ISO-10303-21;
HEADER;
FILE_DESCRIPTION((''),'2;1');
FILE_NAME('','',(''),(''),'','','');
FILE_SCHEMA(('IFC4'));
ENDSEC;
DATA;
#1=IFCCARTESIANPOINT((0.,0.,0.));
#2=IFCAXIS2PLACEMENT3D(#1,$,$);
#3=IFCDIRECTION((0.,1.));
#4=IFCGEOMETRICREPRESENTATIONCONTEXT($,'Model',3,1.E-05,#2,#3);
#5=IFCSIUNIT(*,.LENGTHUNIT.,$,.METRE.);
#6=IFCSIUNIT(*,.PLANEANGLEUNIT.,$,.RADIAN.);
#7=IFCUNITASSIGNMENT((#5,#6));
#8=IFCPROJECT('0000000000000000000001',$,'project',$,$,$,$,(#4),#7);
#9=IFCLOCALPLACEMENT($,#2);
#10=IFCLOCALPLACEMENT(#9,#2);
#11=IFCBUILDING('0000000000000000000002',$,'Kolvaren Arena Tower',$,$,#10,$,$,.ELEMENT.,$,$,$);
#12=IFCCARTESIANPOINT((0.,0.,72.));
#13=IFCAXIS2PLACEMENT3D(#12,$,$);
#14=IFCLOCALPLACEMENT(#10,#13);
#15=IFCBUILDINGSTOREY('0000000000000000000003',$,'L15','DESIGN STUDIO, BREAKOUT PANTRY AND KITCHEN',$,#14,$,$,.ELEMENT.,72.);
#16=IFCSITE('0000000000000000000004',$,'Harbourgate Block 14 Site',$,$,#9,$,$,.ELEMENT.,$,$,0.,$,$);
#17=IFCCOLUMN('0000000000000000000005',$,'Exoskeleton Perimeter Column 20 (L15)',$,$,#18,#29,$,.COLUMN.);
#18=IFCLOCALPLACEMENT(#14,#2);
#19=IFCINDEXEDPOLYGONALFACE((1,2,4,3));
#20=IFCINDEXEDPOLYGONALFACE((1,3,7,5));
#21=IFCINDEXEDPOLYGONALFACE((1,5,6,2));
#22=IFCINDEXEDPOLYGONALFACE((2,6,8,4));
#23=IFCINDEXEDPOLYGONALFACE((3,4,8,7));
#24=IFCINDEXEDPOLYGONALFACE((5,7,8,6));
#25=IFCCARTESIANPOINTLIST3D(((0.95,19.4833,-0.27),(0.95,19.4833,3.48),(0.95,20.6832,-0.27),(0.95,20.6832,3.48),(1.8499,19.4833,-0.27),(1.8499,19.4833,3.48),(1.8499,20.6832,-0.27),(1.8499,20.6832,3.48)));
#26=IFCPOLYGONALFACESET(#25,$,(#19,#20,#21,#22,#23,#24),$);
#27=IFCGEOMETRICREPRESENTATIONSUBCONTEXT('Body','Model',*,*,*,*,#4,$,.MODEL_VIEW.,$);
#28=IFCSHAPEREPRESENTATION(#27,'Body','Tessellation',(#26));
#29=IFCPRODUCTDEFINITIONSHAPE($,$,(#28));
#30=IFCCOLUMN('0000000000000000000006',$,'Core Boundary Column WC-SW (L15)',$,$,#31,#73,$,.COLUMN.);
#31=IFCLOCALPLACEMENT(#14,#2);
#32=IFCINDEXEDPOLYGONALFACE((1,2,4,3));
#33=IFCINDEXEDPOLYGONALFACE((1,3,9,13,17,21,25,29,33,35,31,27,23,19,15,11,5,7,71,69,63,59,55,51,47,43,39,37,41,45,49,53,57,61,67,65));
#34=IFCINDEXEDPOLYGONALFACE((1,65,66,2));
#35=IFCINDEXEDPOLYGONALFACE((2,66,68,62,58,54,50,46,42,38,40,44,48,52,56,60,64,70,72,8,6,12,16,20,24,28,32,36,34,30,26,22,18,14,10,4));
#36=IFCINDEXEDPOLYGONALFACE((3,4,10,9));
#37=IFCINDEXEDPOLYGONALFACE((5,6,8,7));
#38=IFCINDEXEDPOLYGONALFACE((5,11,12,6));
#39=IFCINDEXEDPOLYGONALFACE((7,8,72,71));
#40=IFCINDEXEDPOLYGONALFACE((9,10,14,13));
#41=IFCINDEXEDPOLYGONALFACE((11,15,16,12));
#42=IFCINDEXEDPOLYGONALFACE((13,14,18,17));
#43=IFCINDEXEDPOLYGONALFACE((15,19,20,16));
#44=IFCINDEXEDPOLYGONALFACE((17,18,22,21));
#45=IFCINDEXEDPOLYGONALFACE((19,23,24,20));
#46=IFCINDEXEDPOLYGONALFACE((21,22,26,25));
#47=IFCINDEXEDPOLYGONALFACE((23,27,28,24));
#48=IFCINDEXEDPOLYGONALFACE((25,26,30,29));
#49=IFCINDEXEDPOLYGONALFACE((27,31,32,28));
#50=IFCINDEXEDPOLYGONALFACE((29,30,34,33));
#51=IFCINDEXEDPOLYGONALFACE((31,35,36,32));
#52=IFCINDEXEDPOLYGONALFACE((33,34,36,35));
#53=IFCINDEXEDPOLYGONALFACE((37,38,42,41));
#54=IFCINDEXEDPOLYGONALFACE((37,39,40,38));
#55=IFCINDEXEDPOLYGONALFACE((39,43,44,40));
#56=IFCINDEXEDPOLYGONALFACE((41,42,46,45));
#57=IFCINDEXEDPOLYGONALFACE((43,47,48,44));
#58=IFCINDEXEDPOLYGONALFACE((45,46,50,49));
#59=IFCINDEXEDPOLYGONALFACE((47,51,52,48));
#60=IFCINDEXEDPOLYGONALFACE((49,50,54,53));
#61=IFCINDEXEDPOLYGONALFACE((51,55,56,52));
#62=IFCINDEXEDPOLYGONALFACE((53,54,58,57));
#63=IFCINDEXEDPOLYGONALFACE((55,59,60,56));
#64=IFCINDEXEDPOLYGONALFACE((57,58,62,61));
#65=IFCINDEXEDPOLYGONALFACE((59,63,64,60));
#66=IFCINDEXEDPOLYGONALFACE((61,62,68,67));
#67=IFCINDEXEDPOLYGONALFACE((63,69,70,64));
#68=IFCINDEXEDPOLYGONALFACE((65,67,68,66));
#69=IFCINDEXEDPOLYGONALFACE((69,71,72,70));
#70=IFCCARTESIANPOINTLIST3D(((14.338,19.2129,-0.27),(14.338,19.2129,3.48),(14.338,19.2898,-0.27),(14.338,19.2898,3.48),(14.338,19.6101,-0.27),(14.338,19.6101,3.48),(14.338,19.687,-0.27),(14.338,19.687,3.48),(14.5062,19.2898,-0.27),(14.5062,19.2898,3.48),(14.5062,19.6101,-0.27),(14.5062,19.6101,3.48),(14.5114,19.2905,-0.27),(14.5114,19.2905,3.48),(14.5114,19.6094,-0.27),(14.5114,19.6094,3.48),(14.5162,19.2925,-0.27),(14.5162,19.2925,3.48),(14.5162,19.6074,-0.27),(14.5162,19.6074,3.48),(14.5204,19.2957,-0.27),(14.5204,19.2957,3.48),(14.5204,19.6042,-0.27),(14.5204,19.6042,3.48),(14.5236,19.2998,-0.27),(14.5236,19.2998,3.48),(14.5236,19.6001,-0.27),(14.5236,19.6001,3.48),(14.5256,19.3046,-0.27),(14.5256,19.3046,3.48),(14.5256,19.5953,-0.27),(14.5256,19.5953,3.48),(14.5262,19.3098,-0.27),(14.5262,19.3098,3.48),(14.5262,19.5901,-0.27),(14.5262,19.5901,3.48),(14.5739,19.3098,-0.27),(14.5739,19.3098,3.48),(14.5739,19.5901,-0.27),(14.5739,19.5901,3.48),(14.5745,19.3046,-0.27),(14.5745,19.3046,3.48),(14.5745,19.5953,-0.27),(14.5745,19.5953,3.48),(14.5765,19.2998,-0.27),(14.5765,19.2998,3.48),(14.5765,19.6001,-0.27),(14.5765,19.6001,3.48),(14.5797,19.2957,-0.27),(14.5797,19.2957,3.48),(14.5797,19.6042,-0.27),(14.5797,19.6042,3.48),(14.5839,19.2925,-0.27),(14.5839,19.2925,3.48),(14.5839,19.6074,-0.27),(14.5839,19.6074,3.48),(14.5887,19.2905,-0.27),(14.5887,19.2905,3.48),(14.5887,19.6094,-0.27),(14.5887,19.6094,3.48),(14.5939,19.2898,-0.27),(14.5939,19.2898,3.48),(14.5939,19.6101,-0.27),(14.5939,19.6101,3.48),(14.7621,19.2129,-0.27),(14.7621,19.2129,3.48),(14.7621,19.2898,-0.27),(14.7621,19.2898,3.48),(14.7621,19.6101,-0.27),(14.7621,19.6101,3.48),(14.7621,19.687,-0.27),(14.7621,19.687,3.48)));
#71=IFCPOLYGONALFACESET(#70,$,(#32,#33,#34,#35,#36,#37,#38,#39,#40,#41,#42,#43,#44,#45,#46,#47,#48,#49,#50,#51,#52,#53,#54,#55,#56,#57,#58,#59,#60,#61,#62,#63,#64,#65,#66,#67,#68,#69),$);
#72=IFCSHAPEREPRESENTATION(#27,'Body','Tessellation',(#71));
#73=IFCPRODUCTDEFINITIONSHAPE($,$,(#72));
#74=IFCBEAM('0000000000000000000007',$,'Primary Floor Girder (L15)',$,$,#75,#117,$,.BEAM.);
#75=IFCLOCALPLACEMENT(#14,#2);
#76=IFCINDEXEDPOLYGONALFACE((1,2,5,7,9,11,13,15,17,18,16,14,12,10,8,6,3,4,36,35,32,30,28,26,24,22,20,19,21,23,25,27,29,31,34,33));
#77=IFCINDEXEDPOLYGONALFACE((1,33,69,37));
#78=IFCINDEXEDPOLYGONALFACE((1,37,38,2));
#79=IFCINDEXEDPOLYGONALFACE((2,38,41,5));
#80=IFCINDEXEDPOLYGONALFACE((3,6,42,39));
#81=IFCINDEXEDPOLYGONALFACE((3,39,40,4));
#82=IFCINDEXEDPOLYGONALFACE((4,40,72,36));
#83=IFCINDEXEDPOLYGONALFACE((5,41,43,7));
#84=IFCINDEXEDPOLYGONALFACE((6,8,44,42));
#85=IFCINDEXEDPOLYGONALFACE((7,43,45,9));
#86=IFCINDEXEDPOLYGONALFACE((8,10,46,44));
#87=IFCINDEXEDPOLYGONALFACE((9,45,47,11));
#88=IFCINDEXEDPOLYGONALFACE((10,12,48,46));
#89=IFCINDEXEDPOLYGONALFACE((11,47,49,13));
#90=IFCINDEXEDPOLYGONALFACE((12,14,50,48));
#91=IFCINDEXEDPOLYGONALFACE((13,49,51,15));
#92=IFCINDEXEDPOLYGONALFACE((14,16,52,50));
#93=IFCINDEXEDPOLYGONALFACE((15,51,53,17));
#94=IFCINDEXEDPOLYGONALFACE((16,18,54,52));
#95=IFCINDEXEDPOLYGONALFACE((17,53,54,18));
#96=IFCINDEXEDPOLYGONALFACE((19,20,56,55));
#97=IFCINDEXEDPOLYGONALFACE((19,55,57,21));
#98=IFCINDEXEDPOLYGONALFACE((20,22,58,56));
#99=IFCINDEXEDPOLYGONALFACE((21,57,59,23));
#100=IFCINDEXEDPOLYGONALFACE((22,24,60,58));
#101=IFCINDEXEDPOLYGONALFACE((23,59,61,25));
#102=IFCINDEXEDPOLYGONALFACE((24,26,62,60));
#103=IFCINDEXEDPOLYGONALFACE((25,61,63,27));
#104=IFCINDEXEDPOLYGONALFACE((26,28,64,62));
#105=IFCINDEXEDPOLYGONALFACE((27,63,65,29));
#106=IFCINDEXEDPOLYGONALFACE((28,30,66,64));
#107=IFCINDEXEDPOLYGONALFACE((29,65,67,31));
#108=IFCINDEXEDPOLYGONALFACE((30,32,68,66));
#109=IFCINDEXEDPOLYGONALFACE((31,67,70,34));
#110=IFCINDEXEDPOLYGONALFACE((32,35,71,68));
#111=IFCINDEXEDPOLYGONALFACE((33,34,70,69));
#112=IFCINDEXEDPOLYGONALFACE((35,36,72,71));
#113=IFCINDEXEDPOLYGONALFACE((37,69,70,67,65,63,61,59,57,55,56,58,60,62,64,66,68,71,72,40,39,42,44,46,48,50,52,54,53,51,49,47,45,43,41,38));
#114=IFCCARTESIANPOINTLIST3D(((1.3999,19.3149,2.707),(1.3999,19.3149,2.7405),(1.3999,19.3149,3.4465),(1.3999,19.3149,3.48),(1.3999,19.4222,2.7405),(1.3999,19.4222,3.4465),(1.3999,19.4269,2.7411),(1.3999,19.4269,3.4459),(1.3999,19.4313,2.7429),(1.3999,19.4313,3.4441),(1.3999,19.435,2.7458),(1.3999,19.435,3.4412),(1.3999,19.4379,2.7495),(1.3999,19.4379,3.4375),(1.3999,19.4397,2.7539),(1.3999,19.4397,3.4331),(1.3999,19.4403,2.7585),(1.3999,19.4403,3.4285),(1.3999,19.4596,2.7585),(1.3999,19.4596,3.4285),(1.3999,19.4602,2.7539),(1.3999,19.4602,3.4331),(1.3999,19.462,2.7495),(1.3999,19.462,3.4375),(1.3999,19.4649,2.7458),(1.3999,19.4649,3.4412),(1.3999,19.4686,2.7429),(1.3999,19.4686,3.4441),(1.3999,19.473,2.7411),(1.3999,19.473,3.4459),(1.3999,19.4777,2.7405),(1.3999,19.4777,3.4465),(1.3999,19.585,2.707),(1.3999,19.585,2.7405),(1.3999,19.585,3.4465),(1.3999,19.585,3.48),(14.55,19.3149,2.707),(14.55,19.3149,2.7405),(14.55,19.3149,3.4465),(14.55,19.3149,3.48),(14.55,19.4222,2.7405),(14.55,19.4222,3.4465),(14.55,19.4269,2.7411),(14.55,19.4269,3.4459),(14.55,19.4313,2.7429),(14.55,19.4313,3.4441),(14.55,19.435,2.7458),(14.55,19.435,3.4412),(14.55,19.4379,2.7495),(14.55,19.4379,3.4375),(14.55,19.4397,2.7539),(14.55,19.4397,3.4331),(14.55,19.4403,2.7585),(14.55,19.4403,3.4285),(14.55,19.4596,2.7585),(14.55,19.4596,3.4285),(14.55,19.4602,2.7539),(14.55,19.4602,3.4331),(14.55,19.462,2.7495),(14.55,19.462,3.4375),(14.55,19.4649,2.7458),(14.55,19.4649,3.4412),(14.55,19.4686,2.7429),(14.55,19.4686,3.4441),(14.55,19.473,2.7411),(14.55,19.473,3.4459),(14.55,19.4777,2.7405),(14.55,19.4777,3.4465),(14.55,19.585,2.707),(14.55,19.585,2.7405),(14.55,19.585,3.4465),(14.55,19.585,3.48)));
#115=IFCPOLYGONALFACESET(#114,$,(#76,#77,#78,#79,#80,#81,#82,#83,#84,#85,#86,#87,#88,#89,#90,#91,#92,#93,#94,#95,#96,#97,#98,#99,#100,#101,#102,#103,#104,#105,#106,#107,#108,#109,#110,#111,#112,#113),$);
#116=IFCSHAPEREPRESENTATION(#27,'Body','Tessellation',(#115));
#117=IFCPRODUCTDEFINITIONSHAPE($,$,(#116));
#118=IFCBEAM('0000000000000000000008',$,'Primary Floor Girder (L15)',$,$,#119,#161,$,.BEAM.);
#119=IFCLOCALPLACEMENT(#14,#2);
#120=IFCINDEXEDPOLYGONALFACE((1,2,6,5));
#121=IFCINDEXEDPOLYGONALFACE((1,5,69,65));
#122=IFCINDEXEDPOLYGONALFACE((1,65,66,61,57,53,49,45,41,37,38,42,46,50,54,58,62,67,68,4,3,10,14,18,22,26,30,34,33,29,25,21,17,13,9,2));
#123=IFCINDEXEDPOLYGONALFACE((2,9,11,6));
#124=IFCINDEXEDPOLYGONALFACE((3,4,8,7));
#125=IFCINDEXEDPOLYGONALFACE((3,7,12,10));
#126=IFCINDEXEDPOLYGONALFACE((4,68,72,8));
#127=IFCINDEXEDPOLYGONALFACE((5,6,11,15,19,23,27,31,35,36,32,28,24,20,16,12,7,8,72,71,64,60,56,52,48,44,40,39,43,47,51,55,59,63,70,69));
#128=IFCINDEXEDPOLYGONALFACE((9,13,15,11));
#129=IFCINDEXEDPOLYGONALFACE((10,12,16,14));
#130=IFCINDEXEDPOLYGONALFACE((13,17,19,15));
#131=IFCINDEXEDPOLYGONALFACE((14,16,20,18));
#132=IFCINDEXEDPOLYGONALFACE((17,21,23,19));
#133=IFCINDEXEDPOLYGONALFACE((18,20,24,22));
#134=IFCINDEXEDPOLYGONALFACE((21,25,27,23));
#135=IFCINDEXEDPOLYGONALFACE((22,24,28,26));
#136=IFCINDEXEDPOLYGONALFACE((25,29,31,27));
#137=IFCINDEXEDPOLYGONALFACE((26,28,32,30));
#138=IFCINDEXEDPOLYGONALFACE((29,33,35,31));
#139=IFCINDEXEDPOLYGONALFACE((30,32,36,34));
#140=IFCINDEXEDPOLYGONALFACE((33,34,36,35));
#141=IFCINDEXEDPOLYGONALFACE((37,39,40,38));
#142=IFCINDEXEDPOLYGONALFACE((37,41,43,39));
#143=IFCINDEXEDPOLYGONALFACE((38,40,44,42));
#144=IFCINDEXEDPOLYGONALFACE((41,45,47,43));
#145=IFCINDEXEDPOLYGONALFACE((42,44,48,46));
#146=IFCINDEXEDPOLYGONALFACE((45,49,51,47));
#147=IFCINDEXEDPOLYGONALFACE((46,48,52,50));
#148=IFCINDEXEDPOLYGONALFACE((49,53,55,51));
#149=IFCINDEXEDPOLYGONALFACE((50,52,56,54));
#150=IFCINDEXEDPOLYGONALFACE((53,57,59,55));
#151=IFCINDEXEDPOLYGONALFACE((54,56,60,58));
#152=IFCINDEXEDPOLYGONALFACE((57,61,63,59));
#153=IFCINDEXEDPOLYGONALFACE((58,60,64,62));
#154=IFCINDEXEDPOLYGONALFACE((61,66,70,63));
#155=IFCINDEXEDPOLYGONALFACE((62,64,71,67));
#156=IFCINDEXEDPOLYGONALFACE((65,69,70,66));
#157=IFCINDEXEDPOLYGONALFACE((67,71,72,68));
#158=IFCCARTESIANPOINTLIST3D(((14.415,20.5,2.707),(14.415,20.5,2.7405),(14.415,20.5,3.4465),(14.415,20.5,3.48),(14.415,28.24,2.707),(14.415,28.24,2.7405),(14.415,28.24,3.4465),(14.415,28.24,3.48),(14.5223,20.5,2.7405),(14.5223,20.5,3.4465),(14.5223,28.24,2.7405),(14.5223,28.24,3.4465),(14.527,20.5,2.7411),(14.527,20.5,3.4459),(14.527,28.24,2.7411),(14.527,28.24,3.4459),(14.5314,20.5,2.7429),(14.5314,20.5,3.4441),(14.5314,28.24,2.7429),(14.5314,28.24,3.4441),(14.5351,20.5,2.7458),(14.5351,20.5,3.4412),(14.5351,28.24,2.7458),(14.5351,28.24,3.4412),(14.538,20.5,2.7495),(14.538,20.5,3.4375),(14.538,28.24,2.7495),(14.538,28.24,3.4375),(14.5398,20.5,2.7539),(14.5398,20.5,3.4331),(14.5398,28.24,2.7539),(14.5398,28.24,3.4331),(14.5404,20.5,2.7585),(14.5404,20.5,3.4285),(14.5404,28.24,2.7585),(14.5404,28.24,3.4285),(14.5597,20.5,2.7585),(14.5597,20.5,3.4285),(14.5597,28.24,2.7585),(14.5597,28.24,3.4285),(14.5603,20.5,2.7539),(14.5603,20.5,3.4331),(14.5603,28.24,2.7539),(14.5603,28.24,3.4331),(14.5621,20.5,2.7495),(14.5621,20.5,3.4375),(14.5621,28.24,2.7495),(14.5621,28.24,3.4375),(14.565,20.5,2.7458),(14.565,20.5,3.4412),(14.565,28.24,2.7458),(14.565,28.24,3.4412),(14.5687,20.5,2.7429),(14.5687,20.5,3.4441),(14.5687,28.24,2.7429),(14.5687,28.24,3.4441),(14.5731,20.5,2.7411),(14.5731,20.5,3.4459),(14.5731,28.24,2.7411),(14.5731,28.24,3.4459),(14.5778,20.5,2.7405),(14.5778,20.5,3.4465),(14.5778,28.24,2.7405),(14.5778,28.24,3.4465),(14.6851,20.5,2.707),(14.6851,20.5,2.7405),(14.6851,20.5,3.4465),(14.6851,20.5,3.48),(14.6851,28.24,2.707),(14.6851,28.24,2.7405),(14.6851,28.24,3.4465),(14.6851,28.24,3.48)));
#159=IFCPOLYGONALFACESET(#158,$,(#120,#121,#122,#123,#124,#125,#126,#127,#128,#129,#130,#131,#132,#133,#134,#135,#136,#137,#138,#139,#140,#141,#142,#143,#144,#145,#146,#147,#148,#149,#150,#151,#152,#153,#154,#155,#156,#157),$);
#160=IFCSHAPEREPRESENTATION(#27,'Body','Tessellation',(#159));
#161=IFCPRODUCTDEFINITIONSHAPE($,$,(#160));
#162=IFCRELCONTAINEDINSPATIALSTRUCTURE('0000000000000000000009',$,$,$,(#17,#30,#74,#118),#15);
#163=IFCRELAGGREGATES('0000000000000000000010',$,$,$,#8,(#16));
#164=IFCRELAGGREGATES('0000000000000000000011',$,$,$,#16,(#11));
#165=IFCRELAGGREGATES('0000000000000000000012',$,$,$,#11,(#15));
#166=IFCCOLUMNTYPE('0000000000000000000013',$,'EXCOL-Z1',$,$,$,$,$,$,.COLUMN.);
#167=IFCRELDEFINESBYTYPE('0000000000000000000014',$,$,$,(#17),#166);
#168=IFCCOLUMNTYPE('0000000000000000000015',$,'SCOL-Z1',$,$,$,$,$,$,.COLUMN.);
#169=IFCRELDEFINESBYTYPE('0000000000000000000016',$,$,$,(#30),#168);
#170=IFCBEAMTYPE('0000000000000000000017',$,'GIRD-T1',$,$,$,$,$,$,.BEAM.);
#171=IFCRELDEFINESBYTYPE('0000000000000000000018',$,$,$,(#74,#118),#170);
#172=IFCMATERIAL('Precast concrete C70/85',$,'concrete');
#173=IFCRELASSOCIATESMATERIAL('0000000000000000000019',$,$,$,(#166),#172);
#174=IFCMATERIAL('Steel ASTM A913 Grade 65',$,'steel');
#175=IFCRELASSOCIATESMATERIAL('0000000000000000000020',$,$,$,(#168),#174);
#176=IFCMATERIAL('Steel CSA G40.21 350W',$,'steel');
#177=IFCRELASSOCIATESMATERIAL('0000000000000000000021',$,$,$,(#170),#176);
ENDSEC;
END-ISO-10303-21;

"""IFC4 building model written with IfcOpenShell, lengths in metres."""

from ifc_helpers import new_model, si_unit, direction, frame, origin, origin_2d, place, context, subcontext, project, spatial, rectangle, i_section, extrude, material, material_profile, profile_set, type_object, element, save


model = new_model("IFC4")

# Units and contexts
model_context = context("Model", 3, precision=1e-05, world=origin(), true_north=direction((0.0, 1.0)))
body_context = subcontext(model_context, "Body", "Model", "MODEL_VIEW")
ifc_project = project(units=[si_unit("LENGTHUNIT", "METRE"), si_unit("PLANEANGLEUNIT", "RADIAN")], contexts=[model_context])

# Site, building, storey
site_placement = place(None, origin())
site = spatial("IfcSite", under=ifc_project, at=site_placement, Name="Harbourgate Block 14 Site", CompositionType="ELEMENT", RefElevation=0.0)
building_placement = place(site_placement, origin())
building = spatial("IfcBuilding", under=site, at=building_placement, Name="Kolvaren Arena Tower", CompositionType="ELEMENT")
storey_placement = place(building_placement, frame((0.0, 0.0, 72.0)))
storey = spatial("IfcBuildingStorey", under=building, at=storey_placement, Name="L15", Description="DESIGN STUDIO, BREAKOUT PANTRY AND KITCHEN", CompositionType="ELEMENT", Elevation=72.0)

# Columns
ifc_material_1 = material(Name="Precast concrete C70/85", Category="concrete")
ifc_material_profile_1 = material_profile(ifc_material_1, rectangle(XDim=1.2, YDim=0.8999, at=origin_2d()), Name="RC-1200x900")
ifc_profile_set_1 = profile_set([ifc_material_profile_1], Name="Precast concrete C70/85")
column_type_1 = type_object("IfcColumnType", Name="EXCOL-Z1", PredefinedType="COLUMN", material=ifc_profile_set_1)
column_1_placement = place(storey_placement, frame((1.3999, 20.0833, -0.27), z_axis=(0.0, 0.0, 1.0), x_axis=(0.0, 1.0, 0.0)))
element("IfcColumn", 1, at=column_1_placement, inside=storey, type_object=column_type_1, Name="Exoskeleton Perimeter Column 20 (L15)", PredefinedType="COLUMN", context=body_context, shape_type="SweptSolid", body=[
    extrude(rectangle(XDim=1.2, YDim=0.8999, at=origin_2d()), origin(), (0.0, 0.0, 1.0), 3.75),
])
ifc_material_2 = material(Name="Steel ASTM A913 Grade 65", Category="steel")
ifc_material_profile_2 = material_profile(ifc_material_2, i_section(OverallWidth=0.4241, OverallDepth=0.4741, WebThickness=0.0476, FlangeThickness=0.0769, FilletRadius=0.02, at=origin_2d()), Name="W360x634")
ifc_profile_set_2 = profile_set([ifc_material_profile_2], Name="Steel ASTM A913 Grade 65")
column_type_2 = type_object("IfcColumnType", Name="SCOL-Z1", PredefinedType="COLUMN", material=ifc_profile_set_2)
column_2_placement = place(storey_placement, frame((14.55, 19.45, -0.27), z_axis=(0.0, 0.0, 1.0), x_axis=(1.0, 0.0, 0.0)))
element("IfcColumn", 2, at=column_2_placement, inside=storey, type_object=column_type_2, Name="Core Boundary Column WC-SW (L15)", PredefinedType="COLUMN", context=body_context, shape_type="SweptSolid", body=[
    extrude(i_section(OverallWidth=0.4241, OverallDepth=0.4741, WebThickness=0.0476, FlangeThickness=0.0769, FilletRadius=0.02, at=origin_2d()), origin(), (0.0, 0.0, 1.0), 3.75),
])

# Beams
ifc_material_3 = material(Name="Steel CSA G40.21 350W", Category="steel")
ifc_material_profile_3 = material_profile(ifc_material_3, i_section(OverallWidth=0.27, OverallDepth=0.7729, WebThickness=0.0193, FlangeThickness=0.0334, FilletRadius=0.0181, at=origin_2d()), Name="W760x257")
ifc_profile_set_3 = profile_set([ifc_material_profile_3], Name="Steel CSA G40.21 350W")
beam_type_1 = type_object("IfcBeamType", Name="GIRD-T1", PredefinedType="BEAM", material=ifc_profile_set_3)
beam_1_placement = place(storey_placement, frame((1.3999, 19.45, 3.0935), z_axis=(1.0, 0.0, 0.0), x_axis=(0.0, 1.0, 0.0)))
element("IfcBeam", 3, at=beam_1_placement, inside=storey, type_object=beam_type_1, Name="Primary Floor Girder (L15)", PredefinedType="BEAM", context=body_context, shape_type="SweptSolid", body=[
    extrude(i_section(OverallWidth=0.27, OverallDepth=0.7729, WebThickness=0.0193, FlangeThickness=0.0334, FilletRadius=0.0181, at=origin_2d()), origin(), (0.0, 0.0, 1.0), 13.1501),
])
beam_2_placement = place(storey_placement, frame((14.55, 20.5, 3.0935), z_axis=(0.0, 1.0, 0.0), x_axis=(-1.0, 0.0, 0.0)))
element("IfcBeam", 4, at=beam_2_placement, inside=storey, type_object=beam_type_1, Name="Primary Floor Girder (L15)", PredefinedType="BEAM", context=body_context, shape_type="SweptSolid", body=[
    extrude(i_section(OverallWidth=0.27, OverallDepth=0.7729, WebThickness=0.0193, FlangeThickness=0.0334, FilletRadius=0.0181, at=origin_2d()), origin(), (0.0, 0.0, 1.0), 7.74),
])

save(model, "model.ifc")
